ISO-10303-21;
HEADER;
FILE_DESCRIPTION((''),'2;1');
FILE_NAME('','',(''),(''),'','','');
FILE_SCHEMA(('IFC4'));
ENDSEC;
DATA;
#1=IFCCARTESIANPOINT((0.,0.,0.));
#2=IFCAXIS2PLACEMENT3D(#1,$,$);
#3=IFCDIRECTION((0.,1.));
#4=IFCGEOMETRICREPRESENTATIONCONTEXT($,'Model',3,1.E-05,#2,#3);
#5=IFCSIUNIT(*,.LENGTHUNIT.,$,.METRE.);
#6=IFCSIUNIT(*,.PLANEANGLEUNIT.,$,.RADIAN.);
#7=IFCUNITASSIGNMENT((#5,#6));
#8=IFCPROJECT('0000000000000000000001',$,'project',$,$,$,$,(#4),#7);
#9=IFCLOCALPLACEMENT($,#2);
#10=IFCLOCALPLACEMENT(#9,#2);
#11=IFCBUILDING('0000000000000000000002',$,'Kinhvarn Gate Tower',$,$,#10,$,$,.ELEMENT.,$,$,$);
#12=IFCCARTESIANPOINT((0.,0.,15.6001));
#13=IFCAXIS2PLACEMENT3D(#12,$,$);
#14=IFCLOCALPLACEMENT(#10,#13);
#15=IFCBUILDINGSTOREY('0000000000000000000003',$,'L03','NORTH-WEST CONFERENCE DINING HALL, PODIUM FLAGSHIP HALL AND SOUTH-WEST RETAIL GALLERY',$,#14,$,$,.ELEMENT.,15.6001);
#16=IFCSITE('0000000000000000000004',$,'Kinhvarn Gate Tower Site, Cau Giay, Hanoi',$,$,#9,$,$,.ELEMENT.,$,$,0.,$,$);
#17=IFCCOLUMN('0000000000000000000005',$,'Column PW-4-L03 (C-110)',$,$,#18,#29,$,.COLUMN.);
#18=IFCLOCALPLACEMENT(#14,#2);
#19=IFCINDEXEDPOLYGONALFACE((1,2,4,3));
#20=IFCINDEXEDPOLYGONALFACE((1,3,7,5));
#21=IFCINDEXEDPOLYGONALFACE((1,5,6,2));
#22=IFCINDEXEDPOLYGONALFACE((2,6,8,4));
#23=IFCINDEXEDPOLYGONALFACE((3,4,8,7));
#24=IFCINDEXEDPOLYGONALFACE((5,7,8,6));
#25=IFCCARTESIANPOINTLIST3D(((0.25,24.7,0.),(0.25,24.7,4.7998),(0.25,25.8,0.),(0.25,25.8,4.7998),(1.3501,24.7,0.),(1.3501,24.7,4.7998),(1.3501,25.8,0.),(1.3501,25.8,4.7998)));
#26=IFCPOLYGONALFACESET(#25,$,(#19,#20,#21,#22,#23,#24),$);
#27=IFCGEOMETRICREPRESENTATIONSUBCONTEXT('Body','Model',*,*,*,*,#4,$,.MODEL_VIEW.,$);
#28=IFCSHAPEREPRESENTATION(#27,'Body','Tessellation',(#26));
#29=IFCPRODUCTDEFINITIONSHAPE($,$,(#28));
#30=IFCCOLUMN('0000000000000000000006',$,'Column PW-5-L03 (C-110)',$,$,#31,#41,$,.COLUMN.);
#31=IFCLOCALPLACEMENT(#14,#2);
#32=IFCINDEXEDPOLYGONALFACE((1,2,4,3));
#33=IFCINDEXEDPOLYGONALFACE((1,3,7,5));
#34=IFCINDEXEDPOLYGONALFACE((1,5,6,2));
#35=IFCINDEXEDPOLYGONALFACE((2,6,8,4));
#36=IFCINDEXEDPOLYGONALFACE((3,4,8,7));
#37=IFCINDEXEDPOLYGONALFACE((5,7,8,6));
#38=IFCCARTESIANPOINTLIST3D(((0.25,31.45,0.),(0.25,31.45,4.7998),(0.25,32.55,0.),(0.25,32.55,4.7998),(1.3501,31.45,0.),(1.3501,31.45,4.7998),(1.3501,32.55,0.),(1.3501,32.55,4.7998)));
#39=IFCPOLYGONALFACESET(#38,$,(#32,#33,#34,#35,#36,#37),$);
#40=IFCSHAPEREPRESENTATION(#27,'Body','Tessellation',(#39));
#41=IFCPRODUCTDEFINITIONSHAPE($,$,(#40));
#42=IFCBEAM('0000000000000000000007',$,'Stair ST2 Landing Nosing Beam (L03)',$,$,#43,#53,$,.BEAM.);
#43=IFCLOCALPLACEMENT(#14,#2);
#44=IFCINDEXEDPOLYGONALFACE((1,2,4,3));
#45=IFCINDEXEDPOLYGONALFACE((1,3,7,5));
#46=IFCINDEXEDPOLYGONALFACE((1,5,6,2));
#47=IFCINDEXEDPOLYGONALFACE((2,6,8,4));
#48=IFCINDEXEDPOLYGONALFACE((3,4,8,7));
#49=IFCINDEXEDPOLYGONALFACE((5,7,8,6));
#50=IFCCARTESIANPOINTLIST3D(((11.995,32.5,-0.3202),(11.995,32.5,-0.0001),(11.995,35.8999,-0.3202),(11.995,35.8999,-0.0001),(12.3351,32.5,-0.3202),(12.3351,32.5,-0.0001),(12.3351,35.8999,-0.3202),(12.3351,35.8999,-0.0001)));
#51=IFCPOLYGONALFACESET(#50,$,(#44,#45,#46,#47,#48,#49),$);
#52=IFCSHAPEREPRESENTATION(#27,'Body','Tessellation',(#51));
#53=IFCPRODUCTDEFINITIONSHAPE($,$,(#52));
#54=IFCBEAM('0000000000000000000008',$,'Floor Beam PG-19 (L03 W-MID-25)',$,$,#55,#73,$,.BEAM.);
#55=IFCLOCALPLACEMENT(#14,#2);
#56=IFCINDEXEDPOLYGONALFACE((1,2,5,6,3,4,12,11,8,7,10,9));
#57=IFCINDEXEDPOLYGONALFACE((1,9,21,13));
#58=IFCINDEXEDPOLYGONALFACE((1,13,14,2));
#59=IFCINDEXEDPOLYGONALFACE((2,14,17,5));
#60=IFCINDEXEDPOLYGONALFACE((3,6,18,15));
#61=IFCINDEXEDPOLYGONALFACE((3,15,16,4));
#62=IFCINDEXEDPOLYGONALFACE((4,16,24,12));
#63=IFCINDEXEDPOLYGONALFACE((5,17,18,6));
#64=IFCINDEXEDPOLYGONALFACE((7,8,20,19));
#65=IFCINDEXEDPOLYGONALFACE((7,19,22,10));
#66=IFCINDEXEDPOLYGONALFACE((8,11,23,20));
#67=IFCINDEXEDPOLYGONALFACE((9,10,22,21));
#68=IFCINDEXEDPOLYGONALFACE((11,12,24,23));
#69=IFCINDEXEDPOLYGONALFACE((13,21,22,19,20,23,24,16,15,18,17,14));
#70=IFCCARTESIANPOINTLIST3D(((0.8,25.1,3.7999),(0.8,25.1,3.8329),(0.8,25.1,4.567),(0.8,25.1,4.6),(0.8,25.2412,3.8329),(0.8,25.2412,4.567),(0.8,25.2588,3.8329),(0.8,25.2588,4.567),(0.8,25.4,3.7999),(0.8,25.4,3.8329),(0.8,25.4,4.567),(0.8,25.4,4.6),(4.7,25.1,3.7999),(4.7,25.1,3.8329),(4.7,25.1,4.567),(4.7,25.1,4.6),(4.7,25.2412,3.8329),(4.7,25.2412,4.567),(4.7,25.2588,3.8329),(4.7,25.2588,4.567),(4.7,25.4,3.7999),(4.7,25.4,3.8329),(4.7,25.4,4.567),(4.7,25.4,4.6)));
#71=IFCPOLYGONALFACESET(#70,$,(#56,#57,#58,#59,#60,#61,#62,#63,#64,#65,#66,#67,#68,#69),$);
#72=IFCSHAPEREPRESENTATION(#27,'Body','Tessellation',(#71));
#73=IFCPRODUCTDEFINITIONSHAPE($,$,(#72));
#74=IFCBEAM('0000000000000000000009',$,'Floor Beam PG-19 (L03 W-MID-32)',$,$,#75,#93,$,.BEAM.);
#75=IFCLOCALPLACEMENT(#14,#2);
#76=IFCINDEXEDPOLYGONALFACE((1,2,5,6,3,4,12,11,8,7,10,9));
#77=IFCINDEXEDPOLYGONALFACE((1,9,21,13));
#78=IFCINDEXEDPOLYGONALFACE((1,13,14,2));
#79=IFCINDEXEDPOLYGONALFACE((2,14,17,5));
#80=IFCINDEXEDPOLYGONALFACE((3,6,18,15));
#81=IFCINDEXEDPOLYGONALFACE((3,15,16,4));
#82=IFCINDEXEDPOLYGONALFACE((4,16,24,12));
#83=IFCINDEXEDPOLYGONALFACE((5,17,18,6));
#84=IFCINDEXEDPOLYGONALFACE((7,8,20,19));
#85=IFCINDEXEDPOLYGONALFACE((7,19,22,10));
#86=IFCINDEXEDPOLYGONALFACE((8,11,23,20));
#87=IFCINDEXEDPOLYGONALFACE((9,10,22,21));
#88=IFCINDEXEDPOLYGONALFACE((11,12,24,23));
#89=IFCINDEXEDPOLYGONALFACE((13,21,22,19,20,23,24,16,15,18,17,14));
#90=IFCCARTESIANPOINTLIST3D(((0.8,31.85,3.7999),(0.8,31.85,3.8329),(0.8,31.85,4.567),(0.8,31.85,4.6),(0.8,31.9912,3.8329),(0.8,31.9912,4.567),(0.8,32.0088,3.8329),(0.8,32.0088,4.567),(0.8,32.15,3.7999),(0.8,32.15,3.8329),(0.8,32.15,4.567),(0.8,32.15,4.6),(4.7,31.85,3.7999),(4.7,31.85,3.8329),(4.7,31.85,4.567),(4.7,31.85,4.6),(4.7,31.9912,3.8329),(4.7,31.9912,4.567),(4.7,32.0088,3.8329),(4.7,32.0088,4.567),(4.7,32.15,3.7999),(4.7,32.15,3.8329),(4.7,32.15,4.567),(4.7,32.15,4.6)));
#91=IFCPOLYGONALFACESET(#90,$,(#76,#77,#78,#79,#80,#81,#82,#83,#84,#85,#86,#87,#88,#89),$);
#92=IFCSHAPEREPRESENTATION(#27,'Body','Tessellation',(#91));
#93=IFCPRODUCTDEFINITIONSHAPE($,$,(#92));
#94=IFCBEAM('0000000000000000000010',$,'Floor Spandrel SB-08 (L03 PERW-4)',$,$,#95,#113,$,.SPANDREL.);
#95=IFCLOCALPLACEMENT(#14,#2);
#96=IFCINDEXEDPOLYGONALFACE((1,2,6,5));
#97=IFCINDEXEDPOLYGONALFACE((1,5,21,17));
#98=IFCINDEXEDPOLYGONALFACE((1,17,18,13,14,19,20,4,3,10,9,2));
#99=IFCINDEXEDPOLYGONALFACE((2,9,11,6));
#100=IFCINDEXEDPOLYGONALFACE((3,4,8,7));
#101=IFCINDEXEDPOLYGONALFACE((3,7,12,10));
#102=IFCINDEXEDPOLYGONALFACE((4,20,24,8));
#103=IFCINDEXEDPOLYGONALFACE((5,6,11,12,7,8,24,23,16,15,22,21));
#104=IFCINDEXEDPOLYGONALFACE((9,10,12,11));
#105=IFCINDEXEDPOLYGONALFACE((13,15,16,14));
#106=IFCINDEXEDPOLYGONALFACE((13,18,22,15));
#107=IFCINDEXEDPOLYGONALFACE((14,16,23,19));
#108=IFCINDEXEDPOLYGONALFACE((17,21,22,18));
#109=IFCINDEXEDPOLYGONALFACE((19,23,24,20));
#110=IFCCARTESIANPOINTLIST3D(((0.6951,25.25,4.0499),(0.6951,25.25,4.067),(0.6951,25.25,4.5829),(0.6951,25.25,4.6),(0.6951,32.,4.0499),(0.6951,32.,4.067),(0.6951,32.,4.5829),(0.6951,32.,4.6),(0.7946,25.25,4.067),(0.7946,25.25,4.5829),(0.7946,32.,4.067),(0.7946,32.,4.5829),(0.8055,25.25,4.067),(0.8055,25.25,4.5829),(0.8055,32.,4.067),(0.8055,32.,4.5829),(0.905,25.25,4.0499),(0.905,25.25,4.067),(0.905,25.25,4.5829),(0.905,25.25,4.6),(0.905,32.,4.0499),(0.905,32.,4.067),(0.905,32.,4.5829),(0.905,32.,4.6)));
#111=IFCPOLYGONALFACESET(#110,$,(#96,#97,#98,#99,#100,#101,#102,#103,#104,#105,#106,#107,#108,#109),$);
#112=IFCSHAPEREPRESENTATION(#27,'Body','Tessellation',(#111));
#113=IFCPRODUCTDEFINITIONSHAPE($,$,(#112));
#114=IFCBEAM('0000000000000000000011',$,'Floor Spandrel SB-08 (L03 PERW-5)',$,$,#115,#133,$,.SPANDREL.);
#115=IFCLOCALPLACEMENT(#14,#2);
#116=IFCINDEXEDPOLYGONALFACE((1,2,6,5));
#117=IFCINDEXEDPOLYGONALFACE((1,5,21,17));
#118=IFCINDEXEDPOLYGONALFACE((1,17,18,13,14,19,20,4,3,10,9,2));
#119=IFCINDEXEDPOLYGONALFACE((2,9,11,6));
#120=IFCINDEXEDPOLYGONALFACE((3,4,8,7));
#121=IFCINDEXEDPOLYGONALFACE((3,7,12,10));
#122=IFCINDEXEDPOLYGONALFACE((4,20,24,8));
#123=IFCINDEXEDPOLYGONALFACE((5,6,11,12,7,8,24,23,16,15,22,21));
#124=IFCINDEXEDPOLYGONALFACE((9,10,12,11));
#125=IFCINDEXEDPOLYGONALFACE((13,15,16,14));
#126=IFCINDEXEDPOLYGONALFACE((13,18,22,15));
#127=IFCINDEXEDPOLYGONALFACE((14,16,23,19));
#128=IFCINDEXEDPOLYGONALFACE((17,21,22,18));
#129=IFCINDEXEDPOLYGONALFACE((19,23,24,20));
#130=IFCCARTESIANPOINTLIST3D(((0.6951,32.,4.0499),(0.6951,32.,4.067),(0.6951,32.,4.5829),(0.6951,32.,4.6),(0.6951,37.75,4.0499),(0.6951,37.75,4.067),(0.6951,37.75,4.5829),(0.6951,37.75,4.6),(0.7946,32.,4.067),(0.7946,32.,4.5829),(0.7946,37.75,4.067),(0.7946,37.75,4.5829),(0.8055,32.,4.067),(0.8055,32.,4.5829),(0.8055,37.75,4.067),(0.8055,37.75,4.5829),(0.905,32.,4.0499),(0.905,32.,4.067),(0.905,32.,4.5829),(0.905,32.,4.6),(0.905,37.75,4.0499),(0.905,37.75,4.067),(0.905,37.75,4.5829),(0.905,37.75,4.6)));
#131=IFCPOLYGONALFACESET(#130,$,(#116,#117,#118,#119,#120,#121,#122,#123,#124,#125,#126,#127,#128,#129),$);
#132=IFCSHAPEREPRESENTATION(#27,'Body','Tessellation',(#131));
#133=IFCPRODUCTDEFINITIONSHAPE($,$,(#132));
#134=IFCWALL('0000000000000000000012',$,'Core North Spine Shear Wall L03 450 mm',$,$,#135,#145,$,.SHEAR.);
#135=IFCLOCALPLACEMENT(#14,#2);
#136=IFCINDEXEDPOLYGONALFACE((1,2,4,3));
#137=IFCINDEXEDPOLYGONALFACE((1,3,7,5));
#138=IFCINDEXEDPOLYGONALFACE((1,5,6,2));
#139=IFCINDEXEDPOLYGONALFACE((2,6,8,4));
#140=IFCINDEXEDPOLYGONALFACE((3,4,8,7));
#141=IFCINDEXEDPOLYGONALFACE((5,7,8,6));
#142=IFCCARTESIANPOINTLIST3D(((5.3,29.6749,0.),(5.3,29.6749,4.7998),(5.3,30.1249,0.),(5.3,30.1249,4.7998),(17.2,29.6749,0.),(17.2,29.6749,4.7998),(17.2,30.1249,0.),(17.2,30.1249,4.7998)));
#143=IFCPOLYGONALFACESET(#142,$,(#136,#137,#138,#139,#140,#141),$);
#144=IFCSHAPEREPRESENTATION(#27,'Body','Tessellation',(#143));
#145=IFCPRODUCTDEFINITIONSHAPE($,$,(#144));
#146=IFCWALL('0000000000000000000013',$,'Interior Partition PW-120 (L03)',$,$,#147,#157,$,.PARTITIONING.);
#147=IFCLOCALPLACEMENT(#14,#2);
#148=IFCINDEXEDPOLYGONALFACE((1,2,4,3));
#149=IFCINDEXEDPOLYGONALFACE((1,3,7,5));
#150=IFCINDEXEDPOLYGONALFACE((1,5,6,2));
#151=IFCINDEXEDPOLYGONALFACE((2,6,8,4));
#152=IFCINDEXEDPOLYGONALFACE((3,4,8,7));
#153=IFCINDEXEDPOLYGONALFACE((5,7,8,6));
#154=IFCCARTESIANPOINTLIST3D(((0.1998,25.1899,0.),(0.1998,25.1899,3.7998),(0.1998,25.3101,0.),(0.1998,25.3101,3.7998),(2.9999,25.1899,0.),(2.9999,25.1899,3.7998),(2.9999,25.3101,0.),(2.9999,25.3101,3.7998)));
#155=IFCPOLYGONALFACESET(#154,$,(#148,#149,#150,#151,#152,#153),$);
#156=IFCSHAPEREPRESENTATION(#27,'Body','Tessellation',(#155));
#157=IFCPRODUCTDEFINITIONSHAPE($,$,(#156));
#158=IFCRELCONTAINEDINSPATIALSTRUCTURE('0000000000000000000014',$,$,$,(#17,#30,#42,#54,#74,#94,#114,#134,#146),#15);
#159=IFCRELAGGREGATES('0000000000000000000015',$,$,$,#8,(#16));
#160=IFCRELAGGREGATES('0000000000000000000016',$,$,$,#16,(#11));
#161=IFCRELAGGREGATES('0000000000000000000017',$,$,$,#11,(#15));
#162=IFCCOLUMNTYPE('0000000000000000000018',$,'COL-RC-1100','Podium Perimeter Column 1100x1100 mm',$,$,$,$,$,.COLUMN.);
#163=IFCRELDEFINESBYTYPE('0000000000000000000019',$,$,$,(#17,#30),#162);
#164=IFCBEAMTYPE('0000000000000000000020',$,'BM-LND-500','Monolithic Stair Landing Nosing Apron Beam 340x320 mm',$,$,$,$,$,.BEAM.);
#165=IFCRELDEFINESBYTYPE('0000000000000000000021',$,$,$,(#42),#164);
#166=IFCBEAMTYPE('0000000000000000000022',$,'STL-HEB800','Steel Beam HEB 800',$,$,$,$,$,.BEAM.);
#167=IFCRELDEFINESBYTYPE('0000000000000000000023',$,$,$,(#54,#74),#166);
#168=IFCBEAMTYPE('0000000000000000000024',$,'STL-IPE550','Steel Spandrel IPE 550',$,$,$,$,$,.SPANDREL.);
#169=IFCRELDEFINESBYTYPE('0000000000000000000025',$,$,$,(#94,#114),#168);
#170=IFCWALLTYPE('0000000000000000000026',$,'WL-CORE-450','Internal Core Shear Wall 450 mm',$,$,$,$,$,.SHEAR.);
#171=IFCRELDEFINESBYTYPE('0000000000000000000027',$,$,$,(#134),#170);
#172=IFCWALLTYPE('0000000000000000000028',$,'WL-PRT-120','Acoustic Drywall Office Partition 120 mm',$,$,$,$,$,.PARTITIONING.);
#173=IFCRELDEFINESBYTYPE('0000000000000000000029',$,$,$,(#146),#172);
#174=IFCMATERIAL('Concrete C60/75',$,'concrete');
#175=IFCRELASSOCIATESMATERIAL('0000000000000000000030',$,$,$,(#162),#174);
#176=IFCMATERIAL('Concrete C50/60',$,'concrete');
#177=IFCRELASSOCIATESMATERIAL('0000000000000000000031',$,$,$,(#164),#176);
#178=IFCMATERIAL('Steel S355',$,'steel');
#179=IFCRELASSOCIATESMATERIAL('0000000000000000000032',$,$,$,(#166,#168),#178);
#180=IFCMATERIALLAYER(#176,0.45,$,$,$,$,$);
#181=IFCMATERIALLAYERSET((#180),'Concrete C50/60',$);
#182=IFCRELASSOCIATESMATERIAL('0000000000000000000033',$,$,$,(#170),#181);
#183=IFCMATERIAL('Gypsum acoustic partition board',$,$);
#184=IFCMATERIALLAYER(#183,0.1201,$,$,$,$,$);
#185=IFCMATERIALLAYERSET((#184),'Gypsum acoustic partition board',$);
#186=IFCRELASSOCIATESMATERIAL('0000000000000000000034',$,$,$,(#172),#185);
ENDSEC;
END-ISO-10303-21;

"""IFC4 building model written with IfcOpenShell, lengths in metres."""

from ifc_helpers import new_model, si_unit, direction, frame, frame_2d, origin, origin_2d, place, context, subcontext, project, spatial, rectangle, i_section, extrude, material, layer, layer_set, material_profile, profile_set, type_object, element, save


model = new_model("IFC4")

# Units and contexts
model_context = context("Model", 3, precision=1e-05, world=origin(), true_north=direction((0.0, 1.0)))
body_context = subcontext(model_context, "Body", "Model", "MODEL_VIEW")
ifc_project = project(units=[si_unit("LENGTHUNIT", "METRE"), si_unit("PLANEANGLEUNIT", "RADIAN")], contexts=[model_context])

# Site, building, storey
site_placement = place(None, origin())
site = spatial("IfcSite", under=ifc_project, at=site_placement, Name="Kinhvarn Gate Tower Site, Cau Giay, Hanoi", CompositionType="ELEMENT", RefElevation=0.0)
building_placement = place(site_placement, origin())
building = spatial("IfcBuilding", under=site, at=building_placement, Name="Kinhvarn Gate Tower", CompositionType="ELEMENT")
storey_placement = place(building_placement, frame((0.0, 0.0, 15.6001)))
storey = spatial("IfcBuildingStorey", under=building, at=storey_placement, Name="L03", Description="NORTH-WEST CONFERENCE DINING HALL, PODIUM FLAGSHIP HALL AND SOUTH-WEST RETAIL GALLERY", CompositionType="ELEMENT", Elevation=15.6001)

# Columns
ifc_material_1 = material(Name="Concrete C60/75", Category="concrete")
ifc_material_profile_1 = material_profile(ifc_material_1, rectangle(XDim=1.1001, YDim=1.1001, at=origin_2d()), Name="RC 1100x1100")
ifc_profile_set_1 = profile_set([ifc_material_profile_1], Name="Concrete C60/75")
column_type = type_object("IfcColumnType", Name="COL-RC-1100", Description="Podium Perimeter Column 1100x1100 mm", PredefinedType="COLUMN", material=ifc_profile_set_1)
for number, where, z_axis, x_axis, name in (
    (1, (0.8, 25.25, 0.0), (0.0, 0.0, 1.0), (1.0, 0.0, 0.0), "Column PW-4-L03 (C-110)"),
    (2, (0.8, 32.0, 0.0), (0.0, 0.0, 1.0), (1.0, 0.0, 0.0), "Column PW-5-L03 (C-110)"),
):
    element("IfcColumn", number, at=place(storey_placement, frame(where, z_axis=z_axis, x_axis=x_axis)), inside=storey, type_object=column_type, Name=name, PredefinedType="COLUMN", context=body_context, shape_type="SweptSolid", body=[
        extrude(rectangle(XDim=1.1001, YDim=1.1001, at=origin_2d()), origin(), (0.0, 0.0, 1.0), 4.7998),
    ])

# Beams
ifc_material_2 = material(Name="Concrete C50/60", Category="concrete")
ifc_material_profile_2 = material_profile(ifc_material_2, rectangle(XDim=0.3401, YDim=0.3201, at=origin_2d()), Name="RC 340x320")
ifc_profile_set_2 = profile_set([ifc_material_profile_2], Name="Concrete C50/60")
beam_type_1 = type_object("IfcBeamType", Name="BM-LND-500", Description="Monolithic Stair Landing Nosing Apron Beam 340x320 mm", PredefinedType="BEAM", material=ifc_profile_set_2)
beam_1_placement = place(storey_placement, frame((12.165, 32.5, -0.1602), z_axis=(0.0, 1.0, 0.0), x_axis=(-1.0, 0.0, 0.0)))
element("IfcBeam", 3, at=beam_1_placement, inside=storey, type_object=beam_type_1, Name="Stair ST2 Landing Nosing Beam (L03)", PredefinedType="BEAM", context=body_context, shape_type="SweptSolid", body=[
    extrude(rectangle(XDim=0.3401, YDim=0.3201, at=origin_2d()), origin(), (0.0, 0.0, 1.0), 3.3999),
])
ifc_material_3 = material(Name="Steel S355", Category="steel")
ifc_material_profile_3 = material_profile(ifc_material_3, i_section(OverallWidth=0.3, OverallDepth=0.8, WebThickness=0.0176, FlangeThickness=0.033, at=origin_2d()), Name="HEB 800")
ifc_profile_set_3 = profile_set([ifc_material_profile_3], Name="Steel S355")
beam_type_2 = type_object("IfcBeamType", Name="STL-HEB800", Description="Steel Beam HEB 800", PredefinedType="BEAM", material=ifc_profile_set_3)
for number, where, z_axis, x_axis, name in (
    (4, (0.8, 25.25, 4.2), (1.0, 0.0, 0.0), (0.0, 1.0, 0.0), "Floor Beam PG-19 (L03 W-MID-25)"),
    (5, (0.8, 32.0, 4.2), (1.0, 0.0, 0.0), (0.0, 1.0, 0.0), "Floor Beam PG-19 (L03 W-MID-32)"),
):
    element("IfcBeam", number, at=place(storey_placement, frame(where, z_axis=z_axis, x_axis=x_axis)), inside=storey, type_object=beam_type_2, Name=name, PredefinedType="BEAM", context=body_context, shape_type="SweptSolid", body=[
        extrude(i_section(OverallWidth=0.3, OverallDepth=0.8, WebThickness=0.0176, FlangeThickness=0.033, at=origin_2d()), origin(), (0.0, 0.0, 1.0), 3.8999),
    ])
ifc_material_profile_4 = material_profile(ifc_material_3, i_section(OverallWidth=0.21, OverallDepth=0.55, WebThickness=0.011, FlangeThickness=0.0171, at=origin_2d()), Name="IPE 550")
ifc_profile_set_4 = profile_set([ifc_material_profile_4], Name="Steel S355")
beam_type_3 = type_object("IfcBeamType", Name="STL-IPE550", Description="Steel Spandrel IPE 550", PredefinedType="SPANDREL", material=ifc_profile_set_4)
beam_2_placement = place(storey_placement, frame((0.8, 25.25, 4.325), z_axis=(0.0, 1.0, 0.0), x_axis=(-1.0, 0.0, 0.0)))
element("IfcBeam", 6, at=beam_2_placement, inside=storey, type_object=beam_type_3, Name="Floor Spandrel SB-08 (L03 PERW-4)", PredefinedType="SPANDREL", context=body_context, shape_type="SweptSolid", body=[
    extrude(i_section(OverallWidth=0.21, OverallDepth=0.55, WebThickness=0.011, FlangeThickness=0.0171, at=origin_2d()), origin(), (0.0, 0.0, 1.0), 6.75),
])
beam_3_placement = place(storey_placement, frame((0.8, 32.0, 4.325), z_axis=(0.0, 1.0, 0.0), x_axis=(-1.0, 0.0, 0.0)))
element("IfcBeam", 7, at=beam_3_placement, inside=storey, type_object=beam_type_3, Name="Floor Spandrel SB-08 (L03 PERW-5)", PredefinedType="SPANDREL", context=body_context, shape_type="SweptSolid", body=[
    extrude(i_section(OverallWidth=0.21, OverallDepth=0.55, WebThickness=0.011, FlangeThickness=0.0171, at=origin_2d()), origin(), (0.0, 0.0, 1.0), 5.75),
])

# Walls
ifc_layer_1 = layer(ifc_material_2, 0.45)
ifc_layer_set_1 = layer_set([ifc_layer_1], Name="Concrete C50/60")
wall_type_1 = type_object("IfcWallType", Name="WL-CORE-450", Description="Internal Core Shear Wall 450 mm", PredefinedType="SHEAR", material=ifc_layer_set_1)
wall_1_placement = place(storey_placement, frame((5.3, 29.8999, 0.0), z_axis=(0.0, 0.0, 1.0), x_axis=(1.0, 0.0, 0.0)))
element("IfcWall", 8, at=wall_1_placement, inside=storey, type_object=wall_type_1, Name="Core North Spine Shear Wall L03 450 mm", PredefinedType="SHEAR", context=body_context, shape_type="SweptSolid", body=[
    extrude(rectangle(XDim=11.8999, YDim=0.45, at=frame_2d((5.95, 0.0))), origin(), (0.0, 0.0, 1.0), 4.7998),
])
ifc_material_4 = material(Name="Gypsum acoustic partition board")
ifc_layer_2 = layer(ifc_material_4, 0.1201)
ifc_layer_set_2 = layer_set([ifc_layer_2], Name="Gypsum acoustic partition board")
wall_type_2 = type_object("IfcWallType", Name="WL-PRT-120", Description="Acoustic Drywall Office Partition 120 mm", PredefinedType="PARTITIONING", material=ifc_layer_set_2)
wall_2_placement = place(storey_placement, frame((0.2, 25.25, 0.0), z_axis=(0.0, 0.0, 1.0), x_axis=(1.0, 0.0, 0.0)))
element("IfcWall", 9, at=wall_2_placement, inside=storey, type_object=wall_type_2, Name="Interior Partition PW-120 (L03)", PredefinedType="PARTITIONING", context=body_context, shape_type="SweptSolid", body=[
    extrude(rectangle(XDim=2.8, YDim=0.1201, at=frame_2d((1.3999, 0.0))), origin(), (0.0, 0.0, 1.0), 3.7998),
])

save(model, "model.ifc")
